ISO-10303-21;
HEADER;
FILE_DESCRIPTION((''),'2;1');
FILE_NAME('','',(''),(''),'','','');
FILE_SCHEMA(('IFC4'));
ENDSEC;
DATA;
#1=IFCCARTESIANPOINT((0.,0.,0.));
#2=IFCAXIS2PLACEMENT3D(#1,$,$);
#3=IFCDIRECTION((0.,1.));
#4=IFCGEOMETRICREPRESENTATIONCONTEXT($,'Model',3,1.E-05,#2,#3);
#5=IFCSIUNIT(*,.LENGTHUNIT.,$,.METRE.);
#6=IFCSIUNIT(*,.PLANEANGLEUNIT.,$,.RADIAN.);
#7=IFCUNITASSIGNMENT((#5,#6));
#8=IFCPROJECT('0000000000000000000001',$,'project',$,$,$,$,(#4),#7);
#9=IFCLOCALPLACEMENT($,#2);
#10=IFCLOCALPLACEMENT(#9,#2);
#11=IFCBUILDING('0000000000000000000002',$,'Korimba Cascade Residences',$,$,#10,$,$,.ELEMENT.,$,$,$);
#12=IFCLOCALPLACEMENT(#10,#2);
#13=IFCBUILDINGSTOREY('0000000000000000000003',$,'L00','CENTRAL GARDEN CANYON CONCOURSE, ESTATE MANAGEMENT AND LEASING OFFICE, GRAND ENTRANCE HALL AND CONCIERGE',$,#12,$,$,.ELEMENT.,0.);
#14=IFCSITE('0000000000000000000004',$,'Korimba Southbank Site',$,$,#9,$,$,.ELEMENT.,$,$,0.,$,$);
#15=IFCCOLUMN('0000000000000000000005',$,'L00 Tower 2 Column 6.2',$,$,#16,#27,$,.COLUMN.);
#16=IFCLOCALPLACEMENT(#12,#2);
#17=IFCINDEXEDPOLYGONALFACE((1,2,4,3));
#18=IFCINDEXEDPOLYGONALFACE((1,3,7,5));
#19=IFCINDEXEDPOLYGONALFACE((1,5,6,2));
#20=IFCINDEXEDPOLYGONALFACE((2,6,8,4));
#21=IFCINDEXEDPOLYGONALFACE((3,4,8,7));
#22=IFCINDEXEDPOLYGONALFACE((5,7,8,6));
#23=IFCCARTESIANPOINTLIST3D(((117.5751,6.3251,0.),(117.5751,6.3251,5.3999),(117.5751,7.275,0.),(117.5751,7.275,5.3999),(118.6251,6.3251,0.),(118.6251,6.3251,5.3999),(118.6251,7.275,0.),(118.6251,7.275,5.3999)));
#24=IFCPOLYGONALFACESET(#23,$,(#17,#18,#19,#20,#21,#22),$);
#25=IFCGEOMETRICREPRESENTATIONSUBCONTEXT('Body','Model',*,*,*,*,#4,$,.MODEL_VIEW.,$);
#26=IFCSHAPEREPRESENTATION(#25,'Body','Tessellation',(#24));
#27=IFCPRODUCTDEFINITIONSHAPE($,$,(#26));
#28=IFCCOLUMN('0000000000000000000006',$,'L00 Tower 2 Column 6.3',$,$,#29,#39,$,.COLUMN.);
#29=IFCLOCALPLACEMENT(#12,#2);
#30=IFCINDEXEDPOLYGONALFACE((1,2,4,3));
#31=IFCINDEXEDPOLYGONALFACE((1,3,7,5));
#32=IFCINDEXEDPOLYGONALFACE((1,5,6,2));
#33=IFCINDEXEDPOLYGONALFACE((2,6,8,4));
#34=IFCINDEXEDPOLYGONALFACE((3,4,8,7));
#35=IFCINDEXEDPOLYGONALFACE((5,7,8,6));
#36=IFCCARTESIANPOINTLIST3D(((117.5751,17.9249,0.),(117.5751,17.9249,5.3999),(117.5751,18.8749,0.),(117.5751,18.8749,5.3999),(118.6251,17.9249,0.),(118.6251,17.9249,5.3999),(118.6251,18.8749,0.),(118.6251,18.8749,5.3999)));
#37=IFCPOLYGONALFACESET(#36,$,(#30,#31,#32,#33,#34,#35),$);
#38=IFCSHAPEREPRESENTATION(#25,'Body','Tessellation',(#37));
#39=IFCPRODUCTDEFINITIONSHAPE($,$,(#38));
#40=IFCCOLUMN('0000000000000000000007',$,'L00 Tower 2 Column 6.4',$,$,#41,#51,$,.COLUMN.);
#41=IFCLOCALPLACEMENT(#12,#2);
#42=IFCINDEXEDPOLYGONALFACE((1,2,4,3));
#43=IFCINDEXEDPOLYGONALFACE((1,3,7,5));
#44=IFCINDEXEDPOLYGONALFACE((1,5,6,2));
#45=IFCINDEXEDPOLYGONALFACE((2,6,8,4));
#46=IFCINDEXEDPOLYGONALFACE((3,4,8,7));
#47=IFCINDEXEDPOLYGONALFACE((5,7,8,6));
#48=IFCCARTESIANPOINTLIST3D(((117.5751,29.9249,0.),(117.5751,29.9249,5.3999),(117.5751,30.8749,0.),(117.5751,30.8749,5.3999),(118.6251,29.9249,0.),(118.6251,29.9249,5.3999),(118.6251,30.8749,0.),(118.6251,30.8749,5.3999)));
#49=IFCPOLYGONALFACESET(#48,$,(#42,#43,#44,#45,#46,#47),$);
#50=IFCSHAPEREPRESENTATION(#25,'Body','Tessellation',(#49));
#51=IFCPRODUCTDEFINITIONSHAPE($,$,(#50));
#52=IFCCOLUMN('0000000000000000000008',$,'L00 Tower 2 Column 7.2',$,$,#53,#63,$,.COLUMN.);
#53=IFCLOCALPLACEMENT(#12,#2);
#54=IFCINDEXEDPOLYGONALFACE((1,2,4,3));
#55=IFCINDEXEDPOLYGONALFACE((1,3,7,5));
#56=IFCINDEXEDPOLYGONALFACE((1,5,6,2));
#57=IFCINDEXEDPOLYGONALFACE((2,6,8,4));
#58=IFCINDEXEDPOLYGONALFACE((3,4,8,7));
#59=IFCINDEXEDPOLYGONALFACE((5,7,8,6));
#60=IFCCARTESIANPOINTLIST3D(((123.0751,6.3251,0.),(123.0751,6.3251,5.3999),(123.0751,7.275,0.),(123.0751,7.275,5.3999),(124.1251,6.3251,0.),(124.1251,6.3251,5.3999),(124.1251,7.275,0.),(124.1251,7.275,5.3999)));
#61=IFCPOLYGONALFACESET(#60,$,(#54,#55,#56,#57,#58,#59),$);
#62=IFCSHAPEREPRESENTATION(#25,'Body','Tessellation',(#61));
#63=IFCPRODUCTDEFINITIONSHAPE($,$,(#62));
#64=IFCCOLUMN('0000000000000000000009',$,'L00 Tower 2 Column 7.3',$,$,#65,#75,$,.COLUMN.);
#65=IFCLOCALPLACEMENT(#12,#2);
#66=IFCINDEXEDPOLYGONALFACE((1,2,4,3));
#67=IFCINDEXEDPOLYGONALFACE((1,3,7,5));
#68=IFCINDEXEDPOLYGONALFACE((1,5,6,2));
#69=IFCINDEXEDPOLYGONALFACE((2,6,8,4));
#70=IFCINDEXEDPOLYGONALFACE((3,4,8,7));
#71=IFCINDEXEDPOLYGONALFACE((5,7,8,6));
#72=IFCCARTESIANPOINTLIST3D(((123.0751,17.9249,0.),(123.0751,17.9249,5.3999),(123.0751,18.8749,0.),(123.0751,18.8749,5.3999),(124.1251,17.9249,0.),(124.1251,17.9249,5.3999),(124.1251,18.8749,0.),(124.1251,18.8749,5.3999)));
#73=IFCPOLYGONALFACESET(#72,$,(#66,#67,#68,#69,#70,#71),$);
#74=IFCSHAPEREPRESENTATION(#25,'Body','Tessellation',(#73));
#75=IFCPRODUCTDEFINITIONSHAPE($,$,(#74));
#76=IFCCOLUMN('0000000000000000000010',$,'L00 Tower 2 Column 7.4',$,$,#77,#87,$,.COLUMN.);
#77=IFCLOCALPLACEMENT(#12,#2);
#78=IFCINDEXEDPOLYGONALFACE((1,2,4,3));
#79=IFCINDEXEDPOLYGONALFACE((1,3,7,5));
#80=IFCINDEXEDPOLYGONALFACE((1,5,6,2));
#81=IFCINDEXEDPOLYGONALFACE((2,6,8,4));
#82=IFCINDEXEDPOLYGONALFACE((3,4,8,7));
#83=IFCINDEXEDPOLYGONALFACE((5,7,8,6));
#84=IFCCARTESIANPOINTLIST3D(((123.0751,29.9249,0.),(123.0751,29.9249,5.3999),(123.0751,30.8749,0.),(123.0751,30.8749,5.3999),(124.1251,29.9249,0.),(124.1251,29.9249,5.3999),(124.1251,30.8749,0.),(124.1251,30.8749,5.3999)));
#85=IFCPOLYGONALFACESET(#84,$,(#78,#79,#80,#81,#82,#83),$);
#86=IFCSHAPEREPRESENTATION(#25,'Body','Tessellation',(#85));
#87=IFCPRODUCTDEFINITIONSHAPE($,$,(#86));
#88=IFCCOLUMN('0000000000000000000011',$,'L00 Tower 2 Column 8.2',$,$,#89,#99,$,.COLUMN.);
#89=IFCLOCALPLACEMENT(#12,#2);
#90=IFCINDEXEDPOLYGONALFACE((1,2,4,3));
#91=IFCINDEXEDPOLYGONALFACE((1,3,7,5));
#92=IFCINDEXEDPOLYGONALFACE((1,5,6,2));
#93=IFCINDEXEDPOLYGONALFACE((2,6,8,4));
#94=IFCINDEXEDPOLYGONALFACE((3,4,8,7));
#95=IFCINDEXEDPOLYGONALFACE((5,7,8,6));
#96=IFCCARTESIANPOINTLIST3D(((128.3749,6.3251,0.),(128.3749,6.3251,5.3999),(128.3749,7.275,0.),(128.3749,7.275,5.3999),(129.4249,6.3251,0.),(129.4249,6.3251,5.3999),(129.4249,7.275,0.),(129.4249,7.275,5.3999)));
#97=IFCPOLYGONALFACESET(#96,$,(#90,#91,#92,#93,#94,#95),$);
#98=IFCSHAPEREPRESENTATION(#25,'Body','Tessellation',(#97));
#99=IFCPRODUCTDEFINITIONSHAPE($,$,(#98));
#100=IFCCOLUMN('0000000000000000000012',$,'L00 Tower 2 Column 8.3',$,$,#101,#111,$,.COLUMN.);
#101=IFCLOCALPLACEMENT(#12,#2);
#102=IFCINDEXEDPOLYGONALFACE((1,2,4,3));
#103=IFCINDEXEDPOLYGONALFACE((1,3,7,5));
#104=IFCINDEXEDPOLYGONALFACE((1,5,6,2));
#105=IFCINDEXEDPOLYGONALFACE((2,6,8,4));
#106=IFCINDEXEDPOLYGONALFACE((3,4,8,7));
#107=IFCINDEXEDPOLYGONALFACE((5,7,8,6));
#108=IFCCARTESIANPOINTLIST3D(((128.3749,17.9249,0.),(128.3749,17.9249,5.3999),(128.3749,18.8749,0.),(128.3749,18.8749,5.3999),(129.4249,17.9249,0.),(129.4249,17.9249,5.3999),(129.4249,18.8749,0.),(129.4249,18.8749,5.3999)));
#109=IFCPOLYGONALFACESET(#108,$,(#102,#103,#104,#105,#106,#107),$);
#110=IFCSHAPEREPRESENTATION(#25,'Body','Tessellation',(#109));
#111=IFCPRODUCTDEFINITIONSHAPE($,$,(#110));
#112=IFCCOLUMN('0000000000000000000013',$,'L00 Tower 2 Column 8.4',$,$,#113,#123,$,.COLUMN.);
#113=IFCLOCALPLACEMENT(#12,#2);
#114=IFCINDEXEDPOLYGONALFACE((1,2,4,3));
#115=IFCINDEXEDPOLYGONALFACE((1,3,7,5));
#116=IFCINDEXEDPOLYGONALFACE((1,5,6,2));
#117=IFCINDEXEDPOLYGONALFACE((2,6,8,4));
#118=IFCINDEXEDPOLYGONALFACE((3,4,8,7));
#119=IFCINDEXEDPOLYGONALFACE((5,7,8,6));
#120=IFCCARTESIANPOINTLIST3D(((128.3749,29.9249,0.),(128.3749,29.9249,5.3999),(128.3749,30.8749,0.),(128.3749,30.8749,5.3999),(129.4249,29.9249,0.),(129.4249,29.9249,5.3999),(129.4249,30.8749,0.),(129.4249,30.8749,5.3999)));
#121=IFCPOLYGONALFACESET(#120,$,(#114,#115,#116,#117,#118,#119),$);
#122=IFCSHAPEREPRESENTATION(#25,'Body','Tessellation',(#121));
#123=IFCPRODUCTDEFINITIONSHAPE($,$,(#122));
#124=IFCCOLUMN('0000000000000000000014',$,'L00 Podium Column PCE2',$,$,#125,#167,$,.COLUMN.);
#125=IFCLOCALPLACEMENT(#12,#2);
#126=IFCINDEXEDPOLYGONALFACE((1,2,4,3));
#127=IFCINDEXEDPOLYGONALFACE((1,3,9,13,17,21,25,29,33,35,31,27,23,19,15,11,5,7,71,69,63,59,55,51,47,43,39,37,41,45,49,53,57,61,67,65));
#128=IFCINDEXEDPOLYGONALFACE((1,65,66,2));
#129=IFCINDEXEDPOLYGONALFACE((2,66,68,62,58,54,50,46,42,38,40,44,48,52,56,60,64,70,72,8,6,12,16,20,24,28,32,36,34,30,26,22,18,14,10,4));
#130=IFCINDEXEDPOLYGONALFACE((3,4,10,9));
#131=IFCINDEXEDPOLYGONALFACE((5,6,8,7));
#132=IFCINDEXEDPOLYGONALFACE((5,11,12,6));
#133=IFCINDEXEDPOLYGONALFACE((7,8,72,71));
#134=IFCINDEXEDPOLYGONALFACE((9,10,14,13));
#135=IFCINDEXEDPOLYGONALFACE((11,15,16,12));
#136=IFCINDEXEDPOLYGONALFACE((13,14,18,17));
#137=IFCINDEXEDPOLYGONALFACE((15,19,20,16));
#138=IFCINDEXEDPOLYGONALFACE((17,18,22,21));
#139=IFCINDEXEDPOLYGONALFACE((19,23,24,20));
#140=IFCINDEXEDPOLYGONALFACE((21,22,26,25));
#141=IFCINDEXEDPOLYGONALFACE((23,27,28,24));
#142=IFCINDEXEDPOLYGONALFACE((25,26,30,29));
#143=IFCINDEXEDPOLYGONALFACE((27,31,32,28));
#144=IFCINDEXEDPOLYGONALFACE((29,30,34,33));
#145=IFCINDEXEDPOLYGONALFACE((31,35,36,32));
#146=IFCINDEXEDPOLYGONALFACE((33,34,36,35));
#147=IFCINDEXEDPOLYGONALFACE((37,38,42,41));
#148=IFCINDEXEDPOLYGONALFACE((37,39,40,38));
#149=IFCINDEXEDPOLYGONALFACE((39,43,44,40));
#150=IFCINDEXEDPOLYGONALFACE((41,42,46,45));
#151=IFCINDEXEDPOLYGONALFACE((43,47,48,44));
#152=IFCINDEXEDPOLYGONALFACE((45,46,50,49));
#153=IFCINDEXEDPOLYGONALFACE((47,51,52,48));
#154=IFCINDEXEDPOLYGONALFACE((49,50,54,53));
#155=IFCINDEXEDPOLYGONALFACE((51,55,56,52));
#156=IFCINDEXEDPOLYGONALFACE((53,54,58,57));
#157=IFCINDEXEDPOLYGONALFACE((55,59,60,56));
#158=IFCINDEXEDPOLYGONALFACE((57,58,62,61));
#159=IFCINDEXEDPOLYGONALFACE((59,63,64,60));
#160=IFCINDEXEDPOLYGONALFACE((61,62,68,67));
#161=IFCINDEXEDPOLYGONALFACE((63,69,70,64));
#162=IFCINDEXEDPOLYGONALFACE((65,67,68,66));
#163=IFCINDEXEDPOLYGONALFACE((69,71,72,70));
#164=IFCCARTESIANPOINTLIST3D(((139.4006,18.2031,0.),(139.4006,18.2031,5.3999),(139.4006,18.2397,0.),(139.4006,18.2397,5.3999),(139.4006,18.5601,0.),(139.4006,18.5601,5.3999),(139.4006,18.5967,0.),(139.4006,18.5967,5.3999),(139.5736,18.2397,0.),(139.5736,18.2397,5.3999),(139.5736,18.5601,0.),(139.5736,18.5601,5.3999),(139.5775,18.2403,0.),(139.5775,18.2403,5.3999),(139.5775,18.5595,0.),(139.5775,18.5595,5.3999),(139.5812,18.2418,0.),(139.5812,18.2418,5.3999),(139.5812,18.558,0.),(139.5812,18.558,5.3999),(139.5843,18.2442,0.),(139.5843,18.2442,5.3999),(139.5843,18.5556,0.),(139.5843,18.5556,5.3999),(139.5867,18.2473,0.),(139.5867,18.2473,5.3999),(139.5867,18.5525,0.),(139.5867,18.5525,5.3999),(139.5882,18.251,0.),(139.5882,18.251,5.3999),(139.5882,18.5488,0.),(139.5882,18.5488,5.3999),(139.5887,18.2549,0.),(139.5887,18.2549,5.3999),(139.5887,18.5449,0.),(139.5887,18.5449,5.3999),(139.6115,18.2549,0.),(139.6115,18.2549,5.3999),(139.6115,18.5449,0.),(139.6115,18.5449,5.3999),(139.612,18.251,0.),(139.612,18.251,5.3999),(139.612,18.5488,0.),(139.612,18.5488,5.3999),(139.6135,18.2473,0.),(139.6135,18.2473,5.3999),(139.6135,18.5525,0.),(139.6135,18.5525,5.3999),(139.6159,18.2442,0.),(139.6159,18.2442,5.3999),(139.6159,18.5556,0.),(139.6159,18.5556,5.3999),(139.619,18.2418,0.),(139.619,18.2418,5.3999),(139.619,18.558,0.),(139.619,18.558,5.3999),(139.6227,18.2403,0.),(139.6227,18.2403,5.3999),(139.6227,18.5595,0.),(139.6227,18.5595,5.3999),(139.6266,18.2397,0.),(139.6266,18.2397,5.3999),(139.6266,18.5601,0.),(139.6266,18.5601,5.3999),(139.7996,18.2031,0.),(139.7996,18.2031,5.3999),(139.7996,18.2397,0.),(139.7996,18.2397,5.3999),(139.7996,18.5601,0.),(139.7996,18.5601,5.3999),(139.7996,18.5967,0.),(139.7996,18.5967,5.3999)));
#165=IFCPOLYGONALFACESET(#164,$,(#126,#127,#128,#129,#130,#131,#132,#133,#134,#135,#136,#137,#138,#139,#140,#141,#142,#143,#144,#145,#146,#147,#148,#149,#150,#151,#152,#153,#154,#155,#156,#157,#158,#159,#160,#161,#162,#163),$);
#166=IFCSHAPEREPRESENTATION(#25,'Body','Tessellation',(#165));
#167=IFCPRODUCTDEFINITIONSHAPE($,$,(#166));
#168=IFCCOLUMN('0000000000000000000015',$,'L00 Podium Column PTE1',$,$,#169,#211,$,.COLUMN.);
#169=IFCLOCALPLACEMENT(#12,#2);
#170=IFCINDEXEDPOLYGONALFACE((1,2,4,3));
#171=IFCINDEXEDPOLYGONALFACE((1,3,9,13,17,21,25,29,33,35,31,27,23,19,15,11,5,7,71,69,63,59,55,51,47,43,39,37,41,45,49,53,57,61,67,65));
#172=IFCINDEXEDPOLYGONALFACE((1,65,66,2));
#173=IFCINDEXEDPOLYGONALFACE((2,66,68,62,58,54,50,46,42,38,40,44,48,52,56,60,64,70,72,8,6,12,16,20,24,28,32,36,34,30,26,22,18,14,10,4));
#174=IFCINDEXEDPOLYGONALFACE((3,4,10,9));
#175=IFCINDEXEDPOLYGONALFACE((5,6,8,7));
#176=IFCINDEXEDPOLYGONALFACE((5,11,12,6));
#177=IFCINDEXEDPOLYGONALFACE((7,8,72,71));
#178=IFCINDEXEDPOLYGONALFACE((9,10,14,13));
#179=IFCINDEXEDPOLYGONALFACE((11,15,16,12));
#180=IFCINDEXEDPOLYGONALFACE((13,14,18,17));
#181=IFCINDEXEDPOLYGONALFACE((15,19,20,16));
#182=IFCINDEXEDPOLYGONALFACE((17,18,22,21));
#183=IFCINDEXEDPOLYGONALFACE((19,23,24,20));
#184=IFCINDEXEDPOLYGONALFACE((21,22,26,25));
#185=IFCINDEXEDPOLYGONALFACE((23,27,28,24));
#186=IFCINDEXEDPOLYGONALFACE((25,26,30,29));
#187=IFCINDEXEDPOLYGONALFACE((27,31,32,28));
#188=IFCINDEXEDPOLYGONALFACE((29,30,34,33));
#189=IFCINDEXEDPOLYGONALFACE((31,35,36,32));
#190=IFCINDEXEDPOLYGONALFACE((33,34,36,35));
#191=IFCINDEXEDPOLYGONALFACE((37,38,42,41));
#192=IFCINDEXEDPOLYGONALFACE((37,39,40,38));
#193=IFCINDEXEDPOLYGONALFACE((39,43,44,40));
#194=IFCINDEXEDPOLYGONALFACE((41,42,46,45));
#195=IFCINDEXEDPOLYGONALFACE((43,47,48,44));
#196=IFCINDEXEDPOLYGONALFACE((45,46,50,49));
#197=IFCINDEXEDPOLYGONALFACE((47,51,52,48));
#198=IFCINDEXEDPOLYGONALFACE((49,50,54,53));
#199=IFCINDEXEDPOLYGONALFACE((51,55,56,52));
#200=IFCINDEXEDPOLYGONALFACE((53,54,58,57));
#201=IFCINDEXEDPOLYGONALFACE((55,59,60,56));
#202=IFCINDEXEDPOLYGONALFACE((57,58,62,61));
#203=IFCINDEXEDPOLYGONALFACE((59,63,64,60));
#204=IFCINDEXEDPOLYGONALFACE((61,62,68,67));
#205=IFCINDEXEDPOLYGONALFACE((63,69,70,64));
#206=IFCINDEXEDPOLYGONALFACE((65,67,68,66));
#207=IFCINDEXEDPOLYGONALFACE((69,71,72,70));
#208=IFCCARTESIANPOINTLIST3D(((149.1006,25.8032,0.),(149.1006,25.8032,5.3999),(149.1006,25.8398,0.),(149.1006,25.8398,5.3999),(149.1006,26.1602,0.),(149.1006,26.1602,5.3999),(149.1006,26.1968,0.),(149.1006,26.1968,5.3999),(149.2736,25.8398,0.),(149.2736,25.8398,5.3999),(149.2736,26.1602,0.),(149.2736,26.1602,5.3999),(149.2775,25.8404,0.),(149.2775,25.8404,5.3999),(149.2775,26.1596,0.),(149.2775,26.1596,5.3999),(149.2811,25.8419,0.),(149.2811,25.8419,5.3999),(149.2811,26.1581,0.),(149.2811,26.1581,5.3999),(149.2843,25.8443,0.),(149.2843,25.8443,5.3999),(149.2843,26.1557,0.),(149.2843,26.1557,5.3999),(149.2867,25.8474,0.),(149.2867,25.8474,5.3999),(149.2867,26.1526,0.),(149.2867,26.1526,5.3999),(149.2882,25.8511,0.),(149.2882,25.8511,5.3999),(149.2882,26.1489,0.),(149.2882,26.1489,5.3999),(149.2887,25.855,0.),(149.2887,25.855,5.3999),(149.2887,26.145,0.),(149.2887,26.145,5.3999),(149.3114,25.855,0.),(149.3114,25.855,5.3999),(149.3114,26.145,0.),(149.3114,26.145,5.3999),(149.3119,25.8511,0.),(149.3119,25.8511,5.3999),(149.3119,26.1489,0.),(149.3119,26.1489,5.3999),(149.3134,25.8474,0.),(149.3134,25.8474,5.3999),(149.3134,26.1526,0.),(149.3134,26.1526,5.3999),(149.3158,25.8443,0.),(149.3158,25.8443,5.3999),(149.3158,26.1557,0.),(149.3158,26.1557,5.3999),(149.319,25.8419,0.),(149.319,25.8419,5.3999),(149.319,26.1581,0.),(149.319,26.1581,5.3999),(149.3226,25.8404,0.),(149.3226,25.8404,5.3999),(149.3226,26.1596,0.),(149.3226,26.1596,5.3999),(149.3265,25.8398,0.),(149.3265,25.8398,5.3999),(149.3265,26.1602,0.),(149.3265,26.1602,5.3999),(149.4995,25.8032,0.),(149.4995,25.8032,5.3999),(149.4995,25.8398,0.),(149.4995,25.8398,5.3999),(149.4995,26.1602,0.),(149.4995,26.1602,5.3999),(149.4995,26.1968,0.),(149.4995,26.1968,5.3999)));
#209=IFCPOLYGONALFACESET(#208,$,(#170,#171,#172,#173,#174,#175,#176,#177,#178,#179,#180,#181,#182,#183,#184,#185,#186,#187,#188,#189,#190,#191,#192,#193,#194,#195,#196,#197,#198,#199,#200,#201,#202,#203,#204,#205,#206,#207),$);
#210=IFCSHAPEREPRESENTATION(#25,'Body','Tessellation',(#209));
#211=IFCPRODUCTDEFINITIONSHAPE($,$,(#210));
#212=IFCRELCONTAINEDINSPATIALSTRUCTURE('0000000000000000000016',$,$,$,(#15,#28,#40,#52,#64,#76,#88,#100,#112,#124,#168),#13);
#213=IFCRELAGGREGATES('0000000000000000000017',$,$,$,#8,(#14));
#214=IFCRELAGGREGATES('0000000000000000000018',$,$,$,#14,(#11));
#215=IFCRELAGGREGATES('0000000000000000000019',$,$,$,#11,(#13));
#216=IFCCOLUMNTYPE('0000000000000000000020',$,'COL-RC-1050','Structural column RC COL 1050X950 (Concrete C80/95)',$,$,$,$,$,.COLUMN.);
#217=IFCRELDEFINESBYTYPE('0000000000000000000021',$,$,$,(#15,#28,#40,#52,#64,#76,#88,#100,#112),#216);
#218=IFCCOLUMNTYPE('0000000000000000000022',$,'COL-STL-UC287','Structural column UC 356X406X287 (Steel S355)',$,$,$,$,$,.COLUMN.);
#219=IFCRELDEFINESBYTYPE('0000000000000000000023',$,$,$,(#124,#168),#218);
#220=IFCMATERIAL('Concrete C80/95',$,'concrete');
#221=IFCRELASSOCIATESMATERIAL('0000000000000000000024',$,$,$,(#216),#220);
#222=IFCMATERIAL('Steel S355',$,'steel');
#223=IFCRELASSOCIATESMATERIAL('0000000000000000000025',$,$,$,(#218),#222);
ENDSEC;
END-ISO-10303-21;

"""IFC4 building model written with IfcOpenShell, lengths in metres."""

from ifc_helpers import new_model, si_unit, direction, frame, origin, origin_2d, place, context, subcontext, project, spatial, rectangle, i_section, extrude, material, material_profile, profile_set, type_object, element, save


model = new_model("IFC4")

# Units and contexts
model_context = context("Model", 3, precision=1e-05, world=origin(), true_north=direction((0.0, 1.0)))
body_context = subcontext(model_context, "Body", "Model", "MODEL_VIEW")
ifc_project = project(units=[si_unit("LENGTHUNIT", "METRE"), si_unit("PLANEANGLEUNIT", "RADIAN")], contexts=[model_context])

# Site, building, storey
site_placement = place(None, origin())
site = spatial("IfcSite", under=ifc_project, at=site_placement, Name="Korimba Southbank Site", CompositionType="ELEMENT", RefElevation=0.0)
building_placement = place(site_placement, origin())
building = spatial("IfcBuilding", under=site, at=building_placement, Name="Korimba Cascade Residences", CompositionType="ELEMENT")
storey_placement = place(building_placement, origin())
storey = spatial("IfcBuildingStorey", under=building, at=storey_placement, Name="L00", Description="CENTRAL GARDEN CANYON CONCOURSE, ESTATE MANAGEMENT AND LEASING OFFICE, GRAND ENTRANCE HALL AND CONCIERGE", CompositionType="ELEMENT", Elevation=0.0)

# Columns
ifc_material_1 = material(Name="Concrete C80/95", Category="concrete")
ifc_material_profile_1 = material_profile(ifc_material_1, rectangle(XDim=1.05, YDim=0.95, at=origin_2d()), Name="Concrete C80/95")
ifc_profile_set_1 = profile_set([ifc_material_profile_1], Name="Concrete C80/95")
column_type_1 = type_object("IfcColumnType", Name="COL-RC-1050", Description="Structural column RC COL 1050X950 (Concrete C80/95)", PredefinedType="COLUMN", material=ifc_profile_set_1)
for number, where, z_axis, x_axis, name in (
    (1, (118.1001, 6.8, 0.0), (0.0, 0.0, 1.0), (1.0, 0.0, 0.0), "L00 Tower 2 Column 6.2"),
    (2, (118.1001, 18.3999, 0.0), (0.0, 0.0, 1.0), (1.0, 0.0, 0.0), "L00 Tower 2 Column 6.3"),
    (3, (118.1001, 30.3999, 0.0), (0.0, 0.0, 1.0), (1.0, 0.0, 0.0), "L00 Tower 2 Column 6.4"),
    (4, (123.6001, 6.8, 0.0), (0.0, 0.0, 1.0), (1.0, 0.0, 0.0), "L00 Tower 2 Column 7.2"),
    (5, (123.6001, 18.3999, 0.0), (0.0, 0.0, 1.0), (1.0, 0.0, 0.0), "L00 Tower 2 Column 7.3"),
    (6, (123.6001, 30.3999, 0.0), (0.0, 0.0, 1.0), (1.0, 0.0, 0.0), "L00 Tower 2 Column 7.4"),
    (7, (128.8999, 6.8, 0.0), (0.0, 0.0, 1.0), (1.0, 0.0, 0.0), "L00 Tower 2 Column 8.2"),
    (8, (128.8999, 18.3999, 0.0), (0.0, 0.0, 1.0), (1.0, 0.0, 0.0), "L00 Tower 2 Column 8.3"),
    (9, (128.8999, 30.3999, 0.0), (0.0, 0.0, 1.0), (1.0, 0.0, 0.0), "L00 Tower 2 Column 8.4"),
):
    element("IfcColumn", number, at=place(storey_placement, frame(where, z_axis=z_axis, x_axis=x_axis)), inside=storey, type_object=column_type_1, Name=name, PredefinedType="COLUMN", context=body_context, shape_type="SweptSolid", body=[
        extrude(rectangle(XDim=1.05, YDim=0.95, at=origin_2d()), origin(), (0.0, 0.0, 1.0), 5.3999),
    ])
ifc_material_2 = material(Name="Steel S355", Category="steel")
ifc_material_profile_2 = material_profile(ifc_material_2, i_section(OverallWidth=0.3989, OverallDepth=0.3936, WebThickness=0.0227, FlangeThickness=0.0366, FilletRadius=0.0151, at=origin_2d()), Name="Steel S355")
ifc_profile_set_2 = profile_set([ifc_material_profile_2], Name="Steel S355")
column_type_2 = type_object("IfcColumnType", Name="COL-STL-UC287", Description="Structural column UC 356X406X287 (Steel S355)", PredefinedType="COLUMN", material=ifc_profile_set_2)
for number, where, z_axis, x_axis, name in (
    (10, (139.6001, 18.3999, 0.0), (0.0, 0.0, 1.0), (1.0, 0.0, 0.0), "L00 Podium Column PCE2"),
    (11, (149.3, 26.0, 0.0), (0.0, 0.0, 1.0), (1.0, 0.0, 0.0), "L00 Podium Column PTE1"),
):
    element("IfcColumn", number, at=place(storey_placement, frame(where, z_axis=z_axis, x_axis=x_axis)), inside=storey, type_object=column_type_2, Name=name, PredefinedType="COLUMN", context=body_context, shape_type="SweptSolid", body=[
        extrude(i_section(OverallWidth=0.3989, OverallDepth=0.3936, WebThickness=0.0227, FlangeThickness=0.0366, FilletRadius=0.0151, at=origin_2d()), origin(), (0.0, 0.0, 1.0), 5.3999),
    ])

save(model, "model.ifc")
